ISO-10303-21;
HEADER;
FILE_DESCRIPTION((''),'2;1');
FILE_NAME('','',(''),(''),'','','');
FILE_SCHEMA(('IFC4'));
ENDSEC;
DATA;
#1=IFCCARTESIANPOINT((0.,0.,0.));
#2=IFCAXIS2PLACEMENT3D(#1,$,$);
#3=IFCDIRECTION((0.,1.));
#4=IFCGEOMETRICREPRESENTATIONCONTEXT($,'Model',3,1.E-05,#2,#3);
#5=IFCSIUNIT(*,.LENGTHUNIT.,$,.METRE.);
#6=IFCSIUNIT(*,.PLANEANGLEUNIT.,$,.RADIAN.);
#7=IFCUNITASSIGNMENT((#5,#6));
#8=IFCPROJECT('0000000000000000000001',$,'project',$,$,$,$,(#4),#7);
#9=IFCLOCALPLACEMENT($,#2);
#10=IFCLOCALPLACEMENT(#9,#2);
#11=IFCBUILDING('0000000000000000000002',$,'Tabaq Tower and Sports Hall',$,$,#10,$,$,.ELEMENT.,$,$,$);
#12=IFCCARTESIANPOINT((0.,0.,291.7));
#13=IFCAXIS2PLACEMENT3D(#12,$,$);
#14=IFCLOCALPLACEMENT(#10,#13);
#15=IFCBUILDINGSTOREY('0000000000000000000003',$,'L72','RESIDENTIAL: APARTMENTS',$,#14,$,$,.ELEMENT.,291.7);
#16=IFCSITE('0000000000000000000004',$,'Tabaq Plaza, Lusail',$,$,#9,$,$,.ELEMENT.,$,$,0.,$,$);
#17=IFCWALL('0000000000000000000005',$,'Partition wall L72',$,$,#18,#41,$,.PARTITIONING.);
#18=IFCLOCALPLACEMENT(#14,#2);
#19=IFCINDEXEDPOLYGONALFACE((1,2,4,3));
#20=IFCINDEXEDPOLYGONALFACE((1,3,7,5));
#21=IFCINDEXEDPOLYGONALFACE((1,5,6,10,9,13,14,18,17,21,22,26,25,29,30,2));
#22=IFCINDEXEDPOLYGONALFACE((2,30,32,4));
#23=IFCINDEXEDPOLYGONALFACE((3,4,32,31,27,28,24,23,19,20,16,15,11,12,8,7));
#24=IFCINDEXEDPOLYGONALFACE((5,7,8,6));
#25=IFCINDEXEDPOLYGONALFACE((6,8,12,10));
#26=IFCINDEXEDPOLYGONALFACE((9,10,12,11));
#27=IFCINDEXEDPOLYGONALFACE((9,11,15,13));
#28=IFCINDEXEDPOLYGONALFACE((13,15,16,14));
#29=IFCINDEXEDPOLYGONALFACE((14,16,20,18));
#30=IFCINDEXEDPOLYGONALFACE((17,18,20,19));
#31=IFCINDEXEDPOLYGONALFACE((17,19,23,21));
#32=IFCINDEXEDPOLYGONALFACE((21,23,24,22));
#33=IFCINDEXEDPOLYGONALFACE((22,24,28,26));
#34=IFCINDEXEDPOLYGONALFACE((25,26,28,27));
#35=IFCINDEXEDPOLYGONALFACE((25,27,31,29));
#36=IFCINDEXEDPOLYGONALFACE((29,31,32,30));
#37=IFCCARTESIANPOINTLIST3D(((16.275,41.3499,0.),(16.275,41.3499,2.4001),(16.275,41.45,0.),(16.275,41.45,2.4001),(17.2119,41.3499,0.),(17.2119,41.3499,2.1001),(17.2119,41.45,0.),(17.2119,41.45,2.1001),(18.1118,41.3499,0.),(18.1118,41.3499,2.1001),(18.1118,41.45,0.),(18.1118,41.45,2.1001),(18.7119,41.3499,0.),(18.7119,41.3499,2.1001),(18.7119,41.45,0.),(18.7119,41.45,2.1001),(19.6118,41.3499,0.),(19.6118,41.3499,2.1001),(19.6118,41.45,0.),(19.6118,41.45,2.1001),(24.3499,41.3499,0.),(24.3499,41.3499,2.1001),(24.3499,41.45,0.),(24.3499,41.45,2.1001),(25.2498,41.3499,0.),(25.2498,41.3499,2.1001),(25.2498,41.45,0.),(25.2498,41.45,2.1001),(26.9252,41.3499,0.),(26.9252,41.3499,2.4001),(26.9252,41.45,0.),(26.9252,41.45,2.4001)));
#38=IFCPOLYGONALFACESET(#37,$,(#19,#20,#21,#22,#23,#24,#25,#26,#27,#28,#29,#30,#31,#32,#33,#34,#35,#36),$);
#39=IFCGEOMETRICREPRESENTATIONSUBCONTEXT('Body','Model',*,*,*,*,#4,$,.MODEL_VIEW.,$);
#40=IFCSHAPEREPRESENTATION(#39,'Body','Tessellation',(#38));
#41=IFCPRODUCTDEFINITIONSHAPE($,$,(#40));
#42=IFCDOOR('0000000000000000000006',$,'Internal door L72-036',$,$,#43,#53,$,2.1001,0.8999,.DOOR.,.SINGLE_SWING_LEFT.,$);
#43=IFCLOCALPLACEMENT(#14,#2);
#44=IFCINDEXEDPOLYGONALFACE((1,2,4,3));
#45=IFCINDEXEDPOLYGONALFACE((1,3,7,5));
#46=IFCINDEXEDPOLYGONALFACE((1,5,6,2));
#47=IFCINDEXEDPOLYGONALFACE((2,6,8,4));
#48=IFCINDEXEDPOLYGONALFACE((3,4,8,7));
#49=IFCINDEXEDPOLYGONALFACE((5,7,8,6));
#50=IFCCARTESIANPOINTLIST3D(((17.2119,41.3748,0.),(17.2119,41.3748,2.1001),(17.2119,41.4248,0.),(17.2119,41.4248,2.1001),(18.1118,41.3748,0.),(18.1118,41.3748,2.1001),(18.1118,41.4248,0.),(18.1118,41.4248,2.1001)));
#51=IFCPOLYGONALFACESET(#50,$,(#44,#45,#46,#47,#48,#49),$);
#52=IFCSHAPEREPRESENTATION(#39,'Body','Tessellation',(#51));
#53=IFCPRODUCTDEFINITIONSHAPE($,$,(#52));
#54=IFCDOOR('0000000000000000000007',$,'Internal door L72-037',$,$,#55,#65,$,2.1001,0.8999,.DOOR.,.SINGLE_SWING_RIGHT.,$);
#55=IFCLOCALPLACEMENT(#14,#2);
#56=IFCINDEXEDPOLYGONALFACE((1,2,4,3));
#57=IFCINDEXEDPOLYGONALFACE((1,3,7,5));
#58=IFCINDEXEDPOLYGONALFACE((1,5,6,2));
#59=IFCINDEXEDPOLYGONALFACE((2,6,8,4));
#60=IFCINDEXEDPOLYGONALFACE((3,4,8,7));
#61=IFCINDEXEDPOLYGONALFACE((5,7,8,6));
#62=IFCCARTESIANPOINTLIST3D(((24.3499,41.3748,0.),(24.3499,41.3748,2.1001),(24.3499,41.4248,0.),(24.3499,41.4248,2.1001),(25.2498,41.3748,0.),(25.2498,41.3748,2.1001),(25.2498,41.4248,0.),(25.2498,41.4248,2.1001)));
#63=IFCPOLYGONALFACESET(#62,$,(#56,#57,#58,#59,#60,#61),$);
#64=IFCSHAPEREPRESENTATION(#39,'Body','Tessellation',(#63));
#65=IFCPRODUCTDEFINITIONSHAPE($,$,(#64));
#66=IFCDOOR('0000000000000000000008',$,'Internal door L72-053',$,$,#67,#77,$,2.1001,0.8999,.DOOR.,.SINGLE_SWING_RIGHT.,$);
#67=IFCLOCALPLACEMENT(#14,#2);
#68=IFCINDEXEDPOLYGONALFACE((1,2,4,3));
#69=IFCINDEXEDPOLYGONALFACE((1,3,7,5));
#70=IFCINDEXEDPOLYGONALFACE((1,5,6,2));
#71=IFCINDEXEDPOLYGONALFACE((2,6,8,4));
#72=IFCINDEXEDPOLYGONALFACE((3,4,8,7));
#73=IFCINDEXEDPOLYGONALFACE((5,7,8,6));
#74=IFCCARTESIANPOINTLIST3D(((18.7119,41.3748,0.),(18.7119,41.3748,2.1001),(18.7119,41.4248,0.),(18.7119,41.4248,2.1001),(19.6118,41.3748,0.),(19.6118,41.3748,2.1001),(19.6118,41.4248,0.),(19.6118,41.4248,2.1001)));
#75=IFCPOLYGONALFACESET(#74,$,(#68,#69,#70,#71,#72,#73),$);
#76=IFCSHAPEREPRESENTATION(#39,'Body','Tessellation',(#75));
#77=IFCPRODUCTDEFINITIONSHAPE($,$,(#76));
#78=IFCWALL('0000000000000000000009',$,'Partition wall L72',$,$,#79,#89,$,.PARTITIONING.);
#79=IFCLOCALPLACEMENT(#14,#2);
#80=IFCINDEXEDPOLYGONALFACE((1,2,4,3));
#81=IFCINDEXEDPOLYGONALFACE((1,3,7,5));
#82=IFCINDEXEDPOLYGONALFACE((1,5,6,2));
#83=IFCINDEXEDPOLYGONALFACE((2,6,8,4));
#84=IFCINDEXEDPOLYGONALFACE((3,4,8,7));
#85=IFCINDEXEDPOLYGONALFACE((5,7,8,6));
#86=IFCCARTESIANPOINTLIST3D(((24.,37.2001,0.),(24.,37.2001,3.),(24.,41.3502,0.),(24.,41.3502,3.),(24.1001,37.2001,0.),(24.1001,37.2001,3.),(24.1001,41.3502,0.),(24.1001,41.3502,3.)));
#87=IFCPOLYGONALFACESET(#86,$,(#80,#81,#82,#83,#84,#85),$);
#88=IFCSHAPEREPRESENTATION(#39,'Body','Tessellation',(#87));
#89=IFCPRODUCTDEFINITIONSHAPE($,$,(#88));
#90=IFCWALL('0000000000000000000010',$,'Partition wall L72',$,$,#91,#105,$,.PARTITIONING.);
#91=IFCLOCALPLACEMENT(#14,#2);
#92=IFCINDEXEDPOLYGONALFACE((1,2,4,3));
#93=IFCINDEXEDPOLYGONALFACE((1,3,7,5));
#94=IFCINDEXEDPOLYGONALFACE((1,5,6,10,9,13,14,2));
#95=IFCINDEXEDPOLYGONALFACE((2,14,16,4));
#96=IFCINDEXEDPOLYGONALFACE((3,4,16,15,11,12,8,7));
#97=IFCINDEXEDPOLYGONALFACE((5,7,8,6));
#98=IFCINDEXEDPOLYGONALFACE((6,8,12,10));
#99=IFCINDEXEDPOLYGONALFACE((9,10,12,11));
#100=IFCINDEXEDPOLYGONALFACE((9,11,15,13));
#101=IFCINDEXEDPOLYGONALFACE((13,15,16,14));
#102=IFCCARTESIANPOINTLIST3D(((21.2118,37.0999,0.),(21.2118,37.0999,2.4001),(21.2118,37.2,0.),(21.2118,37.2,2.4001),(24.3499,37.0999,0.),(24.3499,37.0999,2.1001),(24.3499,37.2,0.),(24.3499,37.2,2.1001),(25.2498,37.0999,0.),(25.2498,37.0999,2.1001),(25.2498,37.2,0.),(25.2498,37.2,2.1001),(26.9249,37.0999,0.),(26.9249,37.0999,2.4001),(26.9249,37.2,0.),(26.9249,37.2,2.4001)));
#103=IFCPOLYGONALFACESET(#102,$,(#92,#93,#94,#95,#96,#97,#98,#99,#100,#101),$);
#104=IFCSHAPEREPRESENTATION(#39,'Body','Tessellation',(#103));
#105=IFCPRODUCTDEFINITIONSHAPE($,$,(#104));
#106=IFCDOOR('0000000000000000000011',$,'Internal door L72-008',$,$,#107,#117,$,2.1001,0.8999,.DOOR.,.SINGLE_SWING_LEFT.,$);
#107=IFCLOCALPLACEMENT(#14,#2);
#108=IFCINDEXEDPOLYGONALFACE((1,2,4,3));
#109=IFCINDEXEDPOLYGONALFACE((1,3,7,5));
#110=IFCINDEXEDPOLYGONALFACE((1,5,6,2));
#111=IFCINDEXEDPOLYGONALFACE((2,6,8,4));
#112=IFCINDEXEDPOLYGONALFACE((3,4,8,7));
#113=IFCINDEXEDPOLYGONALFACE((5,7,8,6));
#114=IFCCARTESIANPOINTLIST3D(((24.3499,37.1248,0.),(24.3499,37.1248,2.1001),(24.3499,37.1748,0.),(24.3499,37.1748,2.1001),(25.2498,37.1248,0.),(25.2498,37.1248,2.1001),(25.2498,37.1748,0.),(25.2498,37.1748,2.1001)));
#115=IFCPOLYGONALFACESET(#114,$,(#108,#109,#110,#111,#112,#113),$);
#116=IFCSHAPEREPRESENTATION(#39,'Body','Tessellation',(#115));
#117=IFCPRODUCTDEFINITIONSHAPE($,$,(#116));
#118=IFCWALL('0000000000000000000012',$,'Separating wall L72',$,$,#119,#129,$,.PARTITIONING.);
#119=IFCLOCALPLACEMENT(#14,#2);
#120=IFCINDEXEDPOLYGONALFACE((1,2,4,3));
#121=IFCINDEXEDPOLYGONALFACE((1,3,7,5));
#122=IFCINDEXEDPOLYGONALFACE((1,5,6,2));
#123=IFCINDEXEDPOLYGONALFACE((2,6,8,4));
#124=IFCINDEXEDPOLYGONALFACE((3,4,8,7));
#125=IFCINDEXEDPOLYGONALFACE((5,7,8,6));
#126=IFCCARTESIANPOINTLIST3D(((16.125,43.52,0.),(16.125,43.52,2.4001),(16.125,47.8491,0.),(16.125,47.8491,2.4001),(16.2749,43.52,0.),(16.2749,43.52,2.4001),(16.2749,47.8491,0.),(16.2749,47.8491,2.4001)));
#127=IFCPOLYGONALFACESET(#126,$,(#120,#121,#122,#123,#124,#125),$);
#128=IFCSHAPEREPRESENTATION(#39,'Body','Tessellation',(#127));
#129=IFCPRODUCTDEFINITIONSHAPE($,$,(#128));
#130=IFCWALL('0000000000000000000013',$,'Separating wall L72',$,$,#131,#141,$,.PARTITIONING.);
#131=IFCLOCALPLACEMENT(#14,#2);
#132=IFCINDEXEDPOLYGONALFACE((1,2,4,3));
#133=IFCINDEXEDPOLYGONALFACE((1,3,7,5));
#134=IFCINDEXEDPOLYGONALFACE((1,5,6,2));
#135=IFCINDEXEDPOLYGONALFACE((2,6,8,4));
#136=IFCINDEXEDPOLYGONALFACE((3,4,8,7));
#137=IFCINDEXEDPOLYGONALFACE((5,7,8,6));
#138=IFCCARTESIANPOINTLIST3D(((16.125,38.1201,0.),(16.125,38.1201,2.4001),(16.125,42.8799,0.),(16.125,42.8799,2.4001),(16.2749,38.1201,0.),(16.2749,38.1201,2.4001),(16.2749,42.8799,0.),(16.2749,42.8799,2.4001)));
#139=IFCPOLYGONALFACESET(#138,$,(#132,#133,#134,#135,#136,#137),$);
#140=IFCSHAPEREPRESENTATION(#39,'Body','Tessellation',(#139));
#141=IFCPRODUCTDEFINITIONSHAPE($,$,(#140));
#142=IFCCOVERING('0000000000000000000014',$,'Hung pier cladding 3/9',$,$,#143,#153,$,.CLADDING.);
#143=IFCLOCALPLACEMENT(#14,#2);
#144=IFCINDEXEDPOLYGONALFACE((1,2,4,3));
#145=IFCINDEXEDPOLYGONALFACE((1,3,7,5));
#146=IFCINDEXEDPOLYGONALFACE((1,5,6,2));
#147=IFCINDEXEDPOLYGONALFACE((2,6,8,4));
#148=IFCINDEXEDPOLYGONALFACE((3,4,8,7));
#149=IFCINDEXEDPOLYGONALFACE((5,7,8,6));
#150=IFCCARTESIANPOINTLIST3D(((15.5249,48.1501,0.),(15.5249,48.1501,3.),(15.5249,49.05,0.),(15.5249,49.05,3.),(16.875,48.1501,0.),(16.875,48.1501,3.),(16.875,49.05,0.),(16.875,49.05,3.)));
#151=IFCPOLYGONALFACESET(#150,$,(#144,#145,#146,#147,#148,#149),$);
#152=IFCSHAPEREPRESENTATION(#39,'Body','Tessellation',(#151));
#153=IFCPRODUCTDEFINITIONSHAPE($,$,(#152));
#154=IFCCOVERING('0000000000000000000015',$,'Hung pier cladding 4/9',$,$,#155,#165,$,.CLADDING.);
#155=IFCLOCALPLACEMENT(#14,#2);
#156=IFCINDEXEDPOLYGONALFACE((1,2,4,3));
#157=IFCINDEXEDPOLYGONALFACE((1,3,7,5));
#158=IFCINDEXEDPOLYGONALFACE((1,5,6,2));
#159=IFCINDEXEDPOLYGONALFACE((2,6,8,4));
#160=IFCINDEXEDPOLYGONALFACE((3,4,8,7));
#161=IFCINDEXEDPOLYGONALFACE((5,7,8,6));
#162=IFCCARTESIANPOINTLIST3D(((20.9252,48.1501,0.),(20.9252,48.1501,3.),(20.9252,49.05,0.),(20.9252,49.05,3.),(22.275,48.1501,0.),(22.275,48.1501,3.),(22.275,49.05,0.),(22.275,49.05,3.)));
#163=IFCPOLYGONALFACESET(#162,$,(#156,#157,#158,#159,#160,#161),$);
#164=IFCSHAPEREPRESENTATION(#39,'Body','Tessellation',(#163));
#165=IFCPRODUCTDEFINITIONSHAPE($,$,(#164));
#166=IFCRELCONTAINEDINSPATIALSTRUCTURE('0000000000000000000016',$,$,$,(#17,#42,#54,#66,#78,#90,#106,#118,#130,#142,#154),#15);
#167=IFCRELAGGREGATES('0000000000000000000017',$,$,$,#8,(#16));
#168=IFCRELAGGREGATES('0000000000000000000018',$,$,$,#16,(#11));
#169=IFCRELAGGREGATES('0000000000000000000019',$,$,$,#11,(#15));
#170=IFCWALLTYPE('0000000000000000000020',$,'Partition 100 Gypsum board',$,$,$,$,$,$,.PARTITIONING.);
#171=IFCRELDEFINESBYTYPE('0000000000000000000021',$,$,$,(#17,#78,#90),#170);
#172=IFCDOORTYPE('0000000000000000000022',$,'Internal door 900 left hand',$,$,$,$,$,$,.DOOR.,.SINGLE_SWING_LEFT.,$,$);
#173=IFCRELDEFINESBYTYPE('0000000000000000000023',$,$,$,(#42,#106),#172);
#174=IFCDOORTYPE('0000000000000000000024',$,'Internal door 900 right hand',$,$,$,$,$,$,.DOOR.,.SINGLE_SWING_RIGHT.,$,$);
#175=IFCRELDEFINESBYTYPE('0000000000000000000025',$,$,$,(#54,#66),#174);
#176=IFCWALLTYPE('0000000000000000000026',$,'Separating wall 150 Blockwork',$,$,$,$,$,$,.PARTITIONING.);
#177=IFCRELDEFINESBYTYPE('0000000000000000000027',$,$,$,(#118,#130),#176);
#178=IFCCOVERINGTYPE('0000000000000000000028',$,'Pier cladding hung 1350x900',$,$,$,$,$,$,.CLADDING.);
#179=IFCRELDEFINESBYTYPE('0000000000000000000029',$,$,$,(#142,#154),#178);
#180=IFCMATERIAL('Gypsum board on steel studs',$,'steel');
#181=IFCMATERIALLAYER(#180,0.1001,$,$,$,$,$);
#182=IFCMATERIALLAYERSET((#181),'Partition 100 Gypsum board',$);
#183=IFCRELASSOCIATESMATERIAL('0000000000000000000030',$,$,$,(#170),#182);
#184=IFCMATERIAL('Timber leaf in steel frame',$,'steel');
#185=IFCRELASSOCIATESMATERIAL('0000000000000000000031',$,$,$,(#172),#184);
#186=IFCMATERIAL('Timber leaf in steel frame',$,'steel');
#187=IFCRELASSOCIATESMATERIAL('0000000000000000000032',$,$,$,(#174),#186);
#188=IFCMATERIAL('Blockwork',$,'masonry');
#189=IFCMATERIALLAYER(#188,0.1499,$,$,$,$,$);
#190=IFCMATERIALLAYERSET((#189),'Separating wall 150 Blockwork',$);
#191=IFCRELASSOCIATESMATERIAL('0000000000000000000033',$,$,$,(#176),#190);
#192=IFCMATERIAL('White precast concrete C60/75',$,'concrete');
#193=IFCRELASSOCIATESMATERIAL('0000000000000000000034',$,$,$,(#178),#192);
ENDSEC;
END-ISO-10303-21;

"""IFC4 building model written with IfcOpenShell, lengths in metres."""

from ifc_helpers import new_model, si_unit, direction, frame, frame_2d, origin, place, context, subcontext, project, spatial, rectangle, extrude, material, layer, layer_set, type_object, element, fill, save


model = new_model("IFC4")

# Units and contexts
model_context = context("Model", 3, precision=1e-05, world=origin(), true_north=direction((0.0, 1.0)))
body_context = subcontext(model_context, "Body", "Model", "MODEL_VIEW")
ifc_project = project(units=[si_unit("LENGTHUNIT", "METRE"), si_unit("PLANEANGLEUNIT", "RADIAN")], contexts=[model_context])

# Site, building, storey
site_placement = place(None, origin())
site = spatial("IfcSite", under=ifc_project, at=site_placement, Name="Tabaq Plaza, Lusail", CompositionType="ELEMENT", RefElevation=0.0)
building_placement = place(site_placement, origin())
building = spatial("IfcBuilding", under=site, at=building_placement, Name="Tabaq Tower and Sports Hall", CompositionType="ELEMENT")
storey_placement = place(building_placement, frame((0.0, 0.0, 291.7)))
storey = spatial("IfcBuildingStorey", under=building, at=storey_placement, Name="L72", Description="RESIDENTIAL: APARTMENTS", CompositionType="ELEMENT", Elevation=291.7)

# Shared definitions
ifc_material_1 = material(Name="Gypsum board on steel studs", Category="steel")
ifc_layer_1 = layer(ifc_material_1, 0.1001)
ifc_layer_set_1 = layer_set([ifc_layer_1], Name="Partition 100 Gypsum board")
wall_type_1 = type_object("IfcWallType", Name="Partition 100 Gypsum board", PredefinedType="PARTITIONING", material=ifc_layer_set_1)

# Shared definitions
ifc_material_2 = material(Name="Timber leaf in steel frame", Category="steel")
door_type_1 = type_object("IfcDoorType", Name="Internal door 900 left hand", OperationType="SINGLE_SWING_LEFT", PredefinedType="DOOR", material=ifc_material_2)

# Wall, openings, doors
wall_1_placement = place(storey_placement, frame((16.2749, 41.3999, 0.0), z_axis=(0.0, 0.0, 1.0), x_axis=(1.0, 0.0, 0.0)))
wall_1 = element("IfcWall", 1, at=wall_1_placement, inside=storey, type_object=wall_type_1, Name="Partition wall L72", PredefinedType="PARTITIONING", context=body_context, shape_type="SweptSolid", body=[
    extrude(rectangle(XDim=10.6501, YDim=0.1001, at=frame_2d((5.3252, 0.0))), origin(), (0.0, 0.0, 1.0), 2.4001),
])
opening_1_placement = place(wall_1_placement, frame((0.937, 0.0, 0.0)))
opening_1 = element("IfcOpeningElement", 2, at=opening_1_placement, cuts=wall_1, PredefinedType="OPENING", context=body_context, shape_type="SweptSolid", body=[
    extrude(rectangle(XDim=0.8999, YDim=2.1001, at=frame_2d((0.45, 1.05))), frame((0.0, 0.05, 0.0), z_axis=(0.0, -1.0, 0.0), x_axis=(1.0, 0.0, 0.0)), (0.0, 0.0, 1.0), 0.1001),
])
opening_2_placement = place(wall_1_placement, frame((8.075, 0.0, 0.0)))
opening_2 = element("IfcOpeningElement", 3, at=opening_2_placement, cuts=wall_1, PredefinedType="OPENING", context=body_context, shape_type="SweptSolid", body=[
    extrude(rectangle(XDim=0.8999, YDim=2.1001, at=frame_2d((0.45, 1.05))), frame((0.0, 0.05, 0.0), z_axis=(0.0, -1.0, 0.0), x_axis=(1.0, 0.0, 0.0)), (0.0, 0.0, 1.0), 0.1001),
])
opening_3_placement = place(wall_1_placement, frame((2.437, 0.0, 0.0)))
opening_3 = element("IfcOpeningElement", 4, at=opening_3_placement, cuts=wall_1, PredefinedType="OPENING", context=body_context, shape_type="SweptSolid", body=[
    extrude(rectangle(XDim=0.8999, YDim=2.1001, at=frame_2d((0.45, 1.05))), frame((0.0, 0.05, 0.0), z_axis=(0.0, -1.0, 0.0), x_axis=(1.0, 0.0, 0.0)), (0.0, 0.0, 1.0), 0.1001),
])
door_1_placement = place(opening_1_placement, origin())
door_1 = element("IfcDoor", 5, at=door_1_placement, inside=storey, type_object=door_type_1, Name="Internal door L72-036", OperationType="SINGLE_SWING_LEFT", OverallHeight=2.1001, OverallWidth=0.8999, PredefinedType="DOOR", context=body_context, shape_type="SweptSolid", body=[
    extrude(rectangle(XDim=0.8999, YDim=2.1001, at=frame_2d((0.45, 1.05))), frame((0.0, 0.0249, 0.0), z_axis=(0.0, -1.0, 0.0), x_axis=(1.0, 0.0, 0.0)), (0.0, 0.0, 1.0), 0.05),
])
fill(opening_1, door_1)
ifc_material_3 = material(Name="Timber leaf in steel frame", Category="steel")
door_type_2 = type_object("IfcDoorType", Name="Internal door 900 right hand", OperationType="SINGLE_SWING_RIGHT", PredefinedType="DOOR", material=ifc_material_3)
door_2_placement = place(opening_2_placement, origin())
door_2 = element("IfcDoor", 6, at=door_2_placement, inside=storey, type_object=door_type_2, Name="Internal door L72-037", OperationType="SINGLE_SWING_RIGHT", OverallHeight=2.1001, OverallWidth=0.8999, PredefinedType="DOOR", context=body_context, shape_type="SweptSolid", body=[
    extrude(rectangle(XDim=0.8999, YDim=2.1001, at=frame_2d((0.45, 1.05))), frame((0.0, 0.0249, 0.0), z_axis=(0.0, -1.0, 0.0), x_axis=(1.0, 0.0, 0.0)), (0.0, 0.0, 1.0), 0.05),
])
fill(opening_2, door_2)
door_3_placement = place(opening_3_placement, origin())
door_3 = element("IfcDoor", 7, at=door_3_placement, inside=storey, type_object=door_type_2, Name="Internal door L72-053", OperationType="SINGLE_SWING_RIGHT", OverallHeight=2.1001, OverallWidth=0.8999, PredefinedType="DOOR", context=body_context, shape_type="SweptSolid", body=[
    extrude(rectangle(XDim=0.8999, YDim=2.1001, at=frame_2d((0.45, 1.05))), frame((0.0, 0.0249, 0.0), z_axis=(0.0, -1.0, 0.0), x_axis=(1.0, 0.0, 0.0)), (0.0, 0.0, 1.0), 0.05),
])
fill(opening_3, door_3)

# Wall
wall_2_placement = place(storey_placement, frame((24.05, 37.2, 0.0), z_axis=(0.0, 0.0, 1.0), x_axis=(0.0, 1.0, 0.0)))
element("IfcWall", 8, at=wall_2_placement, inside=storey, type_object=wall_type_1, Name="Partition wall L72", PredefinedType="PARTITIONING", context=body_context, shape_type="SweptSolid", body=[
    extrude(rectangle(XDim=4.1501, YDim=0.1001, at=frame_2d((2.0752, 0.0))), origin(), (0.0, 0.0, 1.0), 3.0),
])

# Wall, opening, door
wall_3_placement = place(storey_placement, frame((21.2119, 37.1499, 0.0), z_axis=(0.0, 0.0, 1.0), x_axis=(1.0, 0.0, 0.0)))
wall_3 = element("IfcWall", 9, at=wall_3_placement, inside=storey, type_object=wall_type_1, Name="Partition wall L72", PredefinedType="PARTITIONING", context=body_context, shape_type="SweptSolid", body=[
    extrude(rectangle(XDim=5.7131, YDim=0.1001, at=frame_2d((2.8564, 0.0))), origin(), (0.0, 0.0, 1.0), 2.4001),
])
opening_4_placement = place(wall_3_placement, frame((3.1379, 0.0, 0.0)))
opening_4 = element("IfcOpeningElement", 10, at=opening_4_placement, cuts=wall_3, PredefinedType="OPENING", context=body_context, shape_type="SweptSolid", body=[
    extrude(rectangle(XDim=0.8999, YDim=2.1001, at=frame_2d((0.45, 1.05))), frame((0.0, 0.05, 0.0), z_axis=(0.0, -1.0, 0.0), x_axis=(1.0, 0.0, 0.0)), (0.0, 0.0, 1.0), 0.1001),
])
door_4_placement = place(opening_4_placement, origin())
door_4 = element("IfcDoor", 11, at=door_4_placement, inside=storey, type_object=door_type_1, Name="Internal door L72-008", OperationType="SINGLE_SWING_LEFT", OverallHeight=2.1001, OverallWidth=0.8999, PredefinedType="DOOR", context=body_context, shape_type="SweptSolid", body=[
    extrude(rectangle(XDim=0.8999, YDim=2.1001, at=frame_2d((0.45, 1.05))), frame((0.0, 0.0249, 0.0), z_axis=(0.0, -1.0, 0.0), x_axis=(1.0, 0.0, 0.0)), (0.0, 0.0, 1.0), 0.05),
])
fill(opening_4, door_4)

# Walls
ifc_material_4 = material(Name="Blockwork", Category="masonry")
ifc_layer_2 = layer(ifc_material_4, 0.1499)
ifc_layer_set_2 = layer_set([ifc_layer_2], Name="Separating wall 150 Blockwork")
wall_type_2 = type_object("IfcWallType", Name="Separating wall 150 Blockwork", PredefinedType="PARTITIONING", material=ifc_layer_set_2)
wall_4_placement = place(storey_placement, frame((16.2, 43.52, 0.0), z_axis=(0.0, 0.0, 1.0), x_axis=(0.0, 1.0, 0.0)))
element("IfcWall", 12, at=wall_4_placement, inside=storey, type_object=wall_type_2, Name="Separating wall L72", PredefinedType="PARTITIONING", context=body_context, shape_type="SweptSolid", body=[
    extrude(rectangle(XDim=4.3291, YDim=0.1499, at=frame_2d((2.1646, 0.0))), origin(), (0.0, 0.0, 1.0), 2.4001),
])
wall_5_placement = place(storey_placement, frame((16.2, 38.1201, 0.0), z_axis=(0.0, 0.0, 1.0), x_axis=(0.0, 1.0, 0.0)))
element("IfcWall", 13, at=wall_5_placement, inside=storey, type_object=wall_type_2, Name="Separating wall L72", PredefinedType="PARTITIONING", context=body_context, shape_type="SweptSolid", body=[
    extrude(rectangle(XDim=4.7598, YDim=0.1499, at=frame_2d((2.3799, 0.0))), origin(), (0.0, 0.0, 1.0), 2.4001),
])

# Coverings
ifc_material_5 = material(Name="White precast concrete C60/75", Category="concrete")
covering_type_1 = type_object("IfcCoveringType", Name="Pier cladding hung 1350x900", PredefinedType="CLADDING", material=ifc_material_5)
covering_1_placement = place(storey_placement, frame((16.875, 48.6001, 0.0), z_axis=(0.0, 0.0, 1.0), x_axis=(-1.0, 0.0, 0.0)))
element("IfcCovering", 14, at=covering_1_placement, inside=storey, type_object=covering_type_1, Name="Hung pier cladding 3/9", PredefinedType="CLADDING", context=body_context, shape_type="SweptSolid", body=[
    extrude(rectangle(XDim=1.3501, YDim=0.8999, at=frame_2d((0.675, 0.0))), origin(), (0.0, 0.0, 1.0), 3.0),
])
covering_2_placement = place(storey_placement, frame((22.2749, 48.6001, 0.0), z_axis=(0.0, 0.0, 1.0), x_axis=(-1.0, 0.0, 0.0)))
element("IfcCovering", 15, at=covering_2_placement, inside=storey, type_object=covering_type_1, Name="Hung pier cladding 4/9", PredefinedType="CLADDING", context=body_context, shape_type="SweptSolid", body=[
    extrude(rectangle(XDim=1.3499, YDim=0.8999, at=frame_2d((0.6748, 0.0))), origin(), (0.0, 0.0, 1.0), 3.0),
])

save(model, "model.ifc")
